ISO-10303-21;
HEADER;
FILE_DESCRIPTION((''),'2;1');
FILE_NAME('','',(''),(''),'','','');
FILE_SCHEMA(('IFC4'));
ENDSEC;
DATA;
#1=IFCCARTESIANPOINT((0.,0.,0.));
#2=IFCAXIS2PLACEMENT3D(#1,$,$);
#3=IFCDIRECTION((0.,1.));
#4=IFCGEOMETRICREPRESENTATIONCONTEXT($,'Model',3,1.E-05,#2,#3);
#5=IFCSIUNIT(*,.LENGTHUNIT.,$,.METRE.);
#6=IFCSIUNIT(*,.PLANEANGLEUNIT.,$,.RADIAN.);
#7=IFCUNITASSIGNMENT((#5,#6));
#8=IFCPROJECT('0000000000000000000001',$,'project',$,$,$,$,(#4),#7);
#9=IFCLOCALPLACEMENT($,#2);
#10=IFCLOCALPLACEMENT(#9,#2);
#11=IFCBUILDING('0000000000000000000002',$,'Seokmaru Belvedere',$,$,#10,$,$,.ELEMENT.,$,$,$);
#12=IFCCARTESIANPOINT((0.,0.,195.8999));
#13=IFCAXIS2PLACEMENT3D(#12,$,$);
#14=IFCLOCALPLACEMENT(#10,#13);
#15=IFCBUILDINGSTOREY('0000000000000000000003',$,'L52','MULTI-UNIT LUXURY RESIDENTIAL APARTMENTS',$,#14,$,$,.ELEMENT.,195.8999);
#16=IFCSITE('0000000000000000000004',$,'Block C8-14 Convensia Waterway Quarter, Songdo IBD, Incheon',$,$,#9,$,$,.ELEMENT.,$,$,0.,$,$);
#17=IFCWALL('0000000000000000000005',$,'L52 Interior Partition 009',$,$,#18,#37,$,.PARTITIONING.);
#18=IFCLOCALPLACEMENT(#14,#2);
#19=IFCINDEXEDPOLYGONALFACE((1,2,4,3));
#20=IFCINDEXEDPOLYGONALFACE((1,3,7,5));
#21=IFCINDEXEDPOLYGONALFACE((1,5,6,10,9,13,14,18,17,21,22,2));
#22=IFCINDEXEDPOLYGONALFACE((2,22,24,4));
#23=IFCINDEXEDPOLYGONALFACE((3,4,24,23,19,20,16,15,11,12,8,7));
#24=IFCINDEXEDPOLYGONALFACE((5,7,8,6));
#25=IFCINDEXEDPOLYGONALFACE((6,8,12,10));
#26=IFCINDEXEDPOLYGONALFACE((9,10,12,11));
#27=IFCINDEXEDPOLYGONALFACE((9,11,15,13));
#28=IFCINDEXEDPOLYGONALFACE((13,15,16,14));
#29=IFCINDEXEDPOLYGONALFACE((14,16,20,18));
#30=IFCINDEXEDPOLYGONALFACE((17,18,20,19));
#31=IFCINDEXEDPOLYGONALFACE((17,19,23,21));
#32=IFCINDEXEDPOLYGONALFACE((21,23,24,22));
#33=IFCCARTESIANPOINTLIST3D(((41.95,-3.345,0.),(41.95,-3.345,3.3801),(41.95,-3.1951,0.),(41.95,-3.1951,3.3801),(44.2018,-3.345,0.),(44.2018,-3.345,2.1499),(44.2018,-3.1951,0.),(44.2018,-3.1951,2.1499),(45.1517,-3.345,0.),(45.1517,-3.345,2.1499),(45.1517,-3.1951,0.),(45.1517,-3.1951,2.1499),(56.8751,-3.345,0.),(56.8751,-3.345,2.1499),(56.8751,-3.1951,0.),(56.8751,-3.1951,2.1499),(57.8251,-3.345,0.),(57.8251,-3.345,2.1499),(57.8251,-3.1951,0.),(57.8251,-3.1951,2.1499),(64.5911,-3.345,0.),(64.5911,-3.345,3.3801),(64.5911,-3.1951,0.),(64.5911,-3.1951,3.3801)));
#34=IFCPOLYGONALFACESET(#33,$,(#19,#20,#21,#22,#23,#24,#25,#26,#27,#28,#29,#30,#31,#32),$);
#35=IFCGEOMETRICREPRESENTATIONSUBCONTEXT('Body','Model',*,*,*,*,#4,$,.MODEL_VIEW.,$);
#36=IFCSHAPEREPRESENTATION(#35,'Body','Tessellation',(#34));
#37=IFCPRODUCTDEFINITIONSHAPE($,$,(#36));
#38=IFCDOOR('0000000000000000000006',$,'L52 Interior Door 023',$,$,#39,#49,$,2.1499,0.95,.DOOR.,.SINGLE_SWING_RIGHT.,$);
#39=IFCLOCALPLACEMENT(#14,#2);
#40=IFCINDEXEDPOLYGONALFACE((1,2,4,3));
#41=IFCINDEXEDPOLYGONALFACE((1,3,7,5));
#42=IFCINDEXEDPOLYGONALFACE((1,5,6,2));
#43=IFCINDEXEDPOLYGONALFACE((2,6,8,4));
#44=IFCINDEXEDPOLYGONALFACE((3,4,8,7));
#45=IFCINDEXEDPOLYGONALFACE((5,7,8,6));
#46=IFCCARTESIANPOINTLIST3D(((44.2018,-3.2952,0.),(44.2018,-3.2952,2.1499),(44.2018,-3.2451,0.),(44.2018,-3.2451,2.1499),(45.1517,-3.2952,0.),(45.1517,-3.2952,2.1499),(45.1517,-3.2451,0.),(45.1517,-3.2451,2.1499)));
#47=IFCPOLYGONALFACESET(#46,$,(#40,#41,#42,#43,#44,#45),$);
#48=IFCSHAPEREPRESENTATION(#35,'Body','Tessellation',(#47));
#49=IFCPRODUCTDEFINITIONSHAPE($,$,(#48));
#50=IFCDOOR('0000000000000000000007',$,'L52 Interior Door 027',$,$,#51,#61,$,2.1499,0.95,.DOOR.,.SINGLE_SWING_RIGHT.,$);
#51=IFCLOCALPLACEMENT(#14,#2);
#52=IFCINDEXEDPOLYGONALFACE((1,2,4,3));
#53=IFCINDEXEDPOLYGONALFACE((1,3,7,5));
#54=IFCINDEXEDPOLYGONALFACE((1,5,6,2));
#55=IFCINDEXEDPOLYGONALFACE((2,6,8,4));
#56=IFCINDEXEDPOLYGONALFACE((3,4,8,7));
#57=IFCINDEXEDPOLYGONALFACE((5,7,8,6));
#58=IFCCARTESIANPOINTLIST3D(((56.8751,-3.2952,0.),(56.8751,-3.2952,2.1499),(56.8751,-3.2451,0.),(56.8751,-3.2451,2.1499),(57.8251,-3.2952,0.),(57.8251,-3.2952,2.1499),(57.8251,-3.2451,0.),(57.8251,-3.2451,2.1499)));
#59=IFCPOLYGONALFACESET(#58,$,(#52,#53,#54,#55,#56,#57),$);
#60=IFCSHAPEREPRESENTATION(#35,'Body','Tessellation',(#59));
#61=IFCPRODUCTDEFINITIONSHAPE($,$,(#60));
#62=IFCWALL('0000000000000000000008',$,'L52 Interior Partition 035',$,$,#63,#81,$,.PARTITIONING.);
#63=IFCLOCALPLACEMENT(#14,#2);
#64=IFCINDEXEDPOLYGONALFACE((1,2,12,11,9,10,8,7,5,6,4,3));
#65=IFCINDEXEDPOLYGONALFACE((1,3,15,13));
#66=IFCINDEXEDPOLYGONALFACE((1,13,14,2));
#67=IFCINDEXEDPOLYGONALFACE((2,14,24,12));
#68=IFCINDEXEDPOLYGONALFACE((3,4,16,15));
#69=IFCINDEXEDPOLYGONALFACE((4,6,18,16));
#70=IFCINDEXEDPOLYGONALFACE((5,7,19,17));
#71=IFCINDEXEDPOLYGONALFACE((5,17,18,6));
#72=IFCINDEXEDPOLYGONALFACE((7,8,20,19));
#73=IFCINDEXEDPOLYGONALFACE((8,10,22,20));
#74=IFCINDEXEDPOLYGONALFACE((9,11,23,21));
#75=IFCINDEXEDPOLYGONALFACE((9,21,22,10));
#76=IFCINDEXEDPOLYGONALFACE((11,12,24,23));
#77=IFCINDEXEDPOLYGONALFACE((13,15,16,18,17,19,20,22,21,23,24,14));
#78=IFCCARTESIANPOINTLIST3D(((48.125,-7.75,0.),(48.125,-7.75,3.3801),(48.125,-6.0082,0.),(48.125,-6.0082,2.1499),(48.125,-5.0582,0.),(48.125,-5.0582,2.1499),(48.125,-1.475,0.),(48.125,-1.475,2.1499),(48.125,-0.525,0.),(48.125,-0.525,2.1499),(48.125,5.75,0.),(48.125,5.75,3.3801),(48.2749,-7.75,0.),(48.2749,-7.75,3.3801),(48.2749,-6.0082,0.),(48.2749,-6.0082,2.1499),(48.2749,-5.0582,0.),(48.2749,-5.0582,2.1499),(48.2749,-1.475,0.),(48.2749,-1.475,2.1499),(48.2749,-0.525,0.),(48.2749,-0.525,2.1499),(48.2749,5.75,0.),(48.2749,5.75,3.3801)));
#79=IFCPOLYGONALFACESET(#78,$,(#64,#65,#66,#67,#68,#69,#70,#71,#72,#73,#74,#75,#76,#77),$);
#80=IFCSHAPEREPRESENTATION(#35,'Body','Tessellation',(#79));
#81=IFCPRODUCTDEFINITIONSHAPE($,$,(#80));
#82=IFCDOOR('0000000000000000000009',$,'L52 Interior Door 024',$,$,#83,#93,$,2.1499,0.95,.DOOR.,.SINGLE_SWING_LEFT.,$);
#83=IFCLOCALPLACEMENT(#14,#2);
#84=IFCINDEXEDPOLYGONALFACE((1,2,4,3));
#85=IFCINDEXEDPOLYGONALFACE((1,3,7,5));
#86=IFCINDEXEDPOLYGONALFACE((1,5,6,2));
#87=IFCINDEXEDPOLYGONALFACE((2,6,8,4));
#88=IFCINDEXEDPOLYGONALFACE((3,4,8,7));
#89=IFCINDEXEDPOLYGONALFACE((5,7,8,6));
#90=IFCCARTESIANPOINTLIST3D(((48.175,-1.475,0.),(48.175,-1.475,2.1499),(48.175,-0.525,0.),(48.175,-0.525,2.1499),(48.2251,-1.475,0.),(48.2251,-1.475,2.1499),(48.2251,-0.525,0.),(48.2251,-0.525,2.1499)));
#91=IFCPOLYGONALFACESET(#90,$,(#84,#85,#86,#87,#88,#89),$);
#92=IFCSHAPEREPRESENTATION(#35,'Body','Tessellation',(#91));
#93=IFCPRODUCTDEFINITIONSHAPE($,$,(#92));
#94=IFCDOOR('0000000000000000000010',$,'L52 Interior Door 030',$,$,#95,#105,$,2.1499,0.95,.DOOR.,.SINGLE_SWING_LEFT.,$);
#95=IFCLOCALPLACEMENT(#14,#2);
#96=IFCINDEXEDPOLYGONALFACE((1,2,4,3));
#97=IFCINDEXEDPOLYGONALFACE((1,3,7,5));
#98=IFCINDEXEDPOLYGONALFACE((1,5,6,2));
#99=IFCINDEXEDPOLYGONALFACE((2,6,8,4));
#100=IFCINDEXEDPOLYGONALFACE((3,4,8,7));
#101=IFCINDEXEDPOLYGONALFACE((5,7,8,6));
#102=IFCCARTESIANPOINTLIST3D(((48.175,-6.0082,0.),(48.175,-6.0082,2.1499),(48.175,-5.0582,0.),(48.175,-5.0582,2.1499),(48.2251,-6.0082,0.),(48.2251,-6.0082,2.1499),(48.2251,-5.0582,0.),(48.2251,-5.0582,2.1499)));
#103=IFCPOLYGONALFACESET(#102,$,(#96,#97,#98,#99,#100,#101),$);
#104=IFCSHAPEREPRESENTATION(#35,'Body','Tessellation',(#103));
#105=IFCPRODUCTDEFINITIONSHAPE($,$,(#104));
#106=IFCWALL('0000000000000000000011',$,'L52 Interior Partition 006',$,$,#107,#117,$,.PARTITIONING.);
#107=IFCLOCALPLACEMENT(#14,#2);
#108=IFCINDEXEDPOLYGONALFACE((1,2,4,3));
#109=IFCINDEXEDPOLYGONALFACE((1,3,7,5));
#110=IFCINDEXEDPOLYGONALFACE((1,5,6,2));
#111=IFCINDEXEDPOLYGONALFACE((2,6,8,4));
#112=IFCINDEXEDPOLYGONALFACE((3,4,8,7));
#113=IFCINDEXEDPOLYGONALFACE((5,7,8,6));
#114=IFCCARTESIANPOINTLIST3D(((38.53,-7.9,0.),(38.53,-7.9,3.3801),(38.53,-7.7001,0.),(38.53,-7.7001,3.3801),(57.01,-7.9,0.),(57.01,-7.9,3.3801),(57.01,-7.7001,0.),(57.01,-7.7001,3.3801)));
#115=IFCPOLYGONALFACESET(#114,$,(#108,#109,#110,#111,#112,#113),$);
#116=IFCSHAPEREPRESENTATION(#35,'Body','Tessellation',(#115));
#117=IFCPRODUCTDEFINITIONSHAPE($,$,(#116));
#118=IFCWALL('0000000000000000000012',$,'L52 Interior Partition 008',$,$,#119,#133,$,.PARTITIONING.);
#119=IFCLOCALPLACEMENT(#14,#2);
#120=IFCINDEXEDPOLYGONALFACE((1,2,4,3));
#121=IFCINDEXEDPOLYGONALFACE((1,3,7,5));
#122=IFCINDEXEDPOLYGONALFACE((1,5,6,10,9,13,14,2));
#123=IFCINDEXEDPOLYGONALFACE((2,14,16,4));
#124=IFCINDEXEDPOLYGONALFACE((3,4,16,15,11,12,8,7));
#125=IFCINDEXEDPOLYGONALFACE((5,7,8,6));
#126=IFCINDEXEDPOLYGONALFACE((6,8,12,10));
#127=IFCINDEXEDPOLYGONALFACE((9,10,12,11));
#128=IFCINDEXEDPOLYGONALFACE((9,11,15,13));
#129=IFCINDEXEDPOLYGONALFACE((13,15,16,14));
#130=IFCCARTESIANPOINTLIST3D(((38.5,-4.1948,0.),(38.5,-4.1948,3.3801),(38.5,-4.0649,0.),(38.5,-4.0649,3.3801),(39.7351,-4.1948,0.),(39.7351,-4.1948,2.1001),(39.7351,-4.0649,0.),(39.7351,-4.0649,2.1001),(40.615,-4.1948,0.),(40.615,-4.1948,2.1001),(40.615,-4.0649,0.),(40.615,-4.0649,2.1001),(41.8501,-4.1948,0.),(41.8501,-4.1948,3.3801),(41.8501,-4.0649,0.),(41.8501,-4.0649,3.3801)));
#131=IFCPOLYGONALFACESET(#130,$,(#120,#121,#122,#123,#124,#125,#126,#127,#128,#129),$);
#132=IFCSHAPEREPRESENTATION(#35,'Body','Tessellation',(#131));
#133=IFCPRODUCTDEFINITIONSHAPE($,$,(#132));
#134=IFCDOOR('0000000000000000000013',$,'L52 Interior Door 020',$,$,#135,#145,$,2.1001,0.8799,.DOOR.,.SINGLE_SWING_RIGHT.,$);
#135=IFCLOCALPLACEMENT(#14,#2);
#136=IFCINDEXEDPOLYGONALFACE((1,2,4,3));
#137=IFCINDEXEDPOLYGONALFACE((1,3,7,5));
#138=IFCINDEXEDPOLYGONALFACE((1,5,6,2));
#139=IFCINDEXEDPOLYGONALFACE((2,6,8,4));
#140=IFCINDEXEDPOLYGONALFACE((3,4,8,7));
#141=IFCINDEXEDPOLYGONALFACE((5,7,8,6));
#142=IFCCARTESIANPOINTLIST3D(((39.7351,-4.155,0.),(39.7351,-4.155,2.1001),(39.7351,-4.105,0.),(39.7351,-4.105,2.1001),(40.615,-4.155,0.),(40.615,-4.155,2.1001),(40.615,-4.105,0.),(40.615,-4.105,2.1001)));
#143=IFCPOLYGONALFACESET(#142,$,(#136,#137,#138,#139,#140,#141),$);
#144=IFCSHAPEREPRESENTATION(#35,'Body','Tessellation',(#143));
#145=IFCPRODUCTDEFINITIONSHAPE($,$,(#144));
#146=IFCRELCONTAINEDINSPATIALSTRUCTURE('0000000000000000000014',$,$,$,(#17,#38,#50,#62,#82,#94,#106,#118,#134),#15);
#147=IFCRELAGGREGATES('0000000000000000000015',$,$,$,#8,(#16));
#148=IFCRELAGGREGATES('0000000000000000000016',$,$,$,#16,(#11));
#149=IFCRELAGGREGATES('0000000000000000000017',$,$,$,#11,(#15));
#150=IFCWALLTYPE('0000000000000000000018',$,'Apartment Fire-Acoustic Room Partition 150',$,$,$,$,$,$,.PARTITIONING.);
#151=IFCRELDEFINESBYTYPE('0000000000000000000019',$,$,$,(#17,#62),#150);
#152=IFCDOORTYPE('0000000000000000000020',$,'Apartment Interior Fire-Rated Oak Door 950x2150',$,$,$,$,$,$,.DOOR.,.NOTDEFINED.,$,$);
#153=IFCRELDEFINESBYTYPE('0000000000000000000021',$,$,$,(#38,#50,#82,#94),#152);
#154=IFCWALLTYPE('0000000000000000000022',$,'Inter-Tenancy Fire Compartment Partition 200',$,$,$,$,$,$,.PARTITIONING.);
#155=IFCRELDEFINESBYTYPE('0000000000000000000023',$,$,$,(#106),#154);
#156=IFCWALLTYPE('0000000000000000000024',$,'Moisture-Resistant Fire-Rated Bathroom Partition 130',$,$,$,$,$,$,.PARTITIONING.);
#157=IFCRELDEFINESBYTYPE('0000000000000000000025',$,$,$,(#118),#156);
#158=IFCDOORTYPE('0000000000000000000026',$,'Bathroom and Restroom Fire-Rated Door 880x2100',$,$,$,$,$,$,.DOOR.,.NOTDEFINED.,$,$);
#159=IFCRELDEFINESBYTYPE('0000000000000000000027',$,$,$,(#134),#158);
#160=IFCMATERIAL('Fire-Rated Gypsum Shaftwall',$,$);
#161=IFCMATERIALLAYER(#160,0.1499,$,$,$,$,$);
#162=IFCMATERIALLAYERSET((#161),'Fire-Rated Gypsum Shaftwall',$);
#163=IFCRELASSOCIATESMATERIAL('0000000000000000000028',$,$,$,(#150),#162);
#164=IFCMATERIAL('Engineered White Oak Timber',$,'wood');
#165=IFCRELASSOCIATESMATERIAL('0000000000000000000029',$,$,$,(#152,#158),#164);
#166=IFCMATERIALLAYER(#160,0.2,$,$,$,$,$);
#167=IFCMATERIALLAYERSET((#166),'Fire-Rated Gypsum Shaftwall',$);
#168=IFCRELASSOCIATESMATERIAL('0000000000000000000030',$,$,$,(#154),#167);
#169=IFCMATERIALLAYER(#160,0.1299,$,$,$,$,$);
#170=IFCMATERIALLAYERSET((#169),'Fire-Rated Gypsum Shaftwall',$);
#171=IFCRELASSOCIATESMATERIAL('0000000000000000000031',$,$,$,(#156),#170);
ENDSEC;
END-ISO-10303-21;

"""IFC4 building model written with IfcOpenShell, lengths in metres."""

from ifc_helpers import new_model, si_unit, direction, frame, frame_2d, origin, place, context, subcontext, project, spatial, rectangle, extrude, source, transform, mapped, material, layer, layer_set, type_object, type_shapes, element, fill, save


model = new_model("IFC4")

# Units and contexts
model_context = context("Model", 3, precision=1e-05, world=origin(), true_north=direction((0.0, 1.0)))
body_context = subcontext(model_context, "Body", "Model", "MODEL_VIEW")
ifc_project = project(units=[si_unit("LENGTHUNIT", "METRE"), si_unit("PLANEANGLEUNIT", "RADIAN")], contexts=[model_context])

# Site, building, storey
site_placement = place(None, origin())
site = spatial("IfcSite", under=ifc_project, at=site_placement, Name="Block C8-14 Convensia Waterway Quarter, Songdo IBD, Incheon", CompositionType="ELEMENT", RefElevation=0.0)
building_placement = place(site_placement, origin())
building = spatial("IfcBuilding", under=site, at=building_placement, Name="Seokmaru Belvedere", CompositionType="ELEMENT")
storey_placement = place(building_placement, frame((0.0, 0.0, 195.8999)))
storey = spatial("IfcBuildingStorey", under=building, at=storey_placement, Name="L52", Description="MULTI-UNIT LUXURY RESIDENTIAL APARTMENTS", CompositionType="ELEMENT", Elevation=195.8999)

# Walls, openings, doors
ifc_material_1 = material(Name="Fire-Rated Gypsum Shaftwall")
ifc_layer_1 = layer(ifc_material_1, 0.1499)
ifc_layer_set_1 = layer_set([ifc_layer_1], Name="Fire-Rated Gypsum Shaftwall")
wall_type_1 = type_object("IfcWallType", Name="Apartment Fire-Acoustic Room Partition 150", PredefinedType="PARTITIONING", material=ifc_layer_set_1)
wall_1_placement = place(storey_placement, frame((41.95, -3.27, 0.0), z_axis=(0.0, 0.0, 1.0), x_axis=(1.0, 0.0, 0.0)))
wall_1 = element("IfcWall", 1, at=wall_1_placement, inside=storey, type_object=wall_type_1, Name="L52 Interior Partition 009", PredefinedType="PARTITIONING", context=body_context, shape_type="SweptSolid", body=[
    extrude(rectangle(XDim=22.6411, YDim=0.1499, at=frame_2d((11.3206, 0.0))), origin(), (0.0, 0.0, 1.0), 3.3801),
])
opening_1_placement = place(wall_1_placement, frame((2.2517, 0.0, 0.0)))
opening_1 = element("IfcOpeningElement", 2, at=opening_1_placement, cuts=wall_1, PredefinedType="OPENING", context=body_context, shape_type="SweptSolid", body=[
    extrude(rectangle(XDim=0.95, YDim=2.1499, at=frame_2d((0.4751, 1.075))), frame((0.0, 0.085, 0.0), z_axis=(0.0, -1.0, 0.0), x_axis=(1.0, 0.0, 0.0)), (0.0, 0.0, 1.0), 0.1699),
])
opening_2_placement = place(wall_1_placement, frame((14.925, 0.0, 0.0)))
opening_2 = element("IfcOpeningElement", 3, at=opening_2_placement, cuts=wall_1, PredefinedType="OPENING", context=body_context, shape_type="SweptSolid", body=[
    extrude(rectangle(XDim=0.95, YDim=2.1499, at=frame_2d((0.4751, 1.075))), frame((0.0, 0.085, 0.0), z_axis=(0.0, -1.0, 0.0), x_axis=(1.0, 0.0, 0.0)), (0.0, 0.0, 1.0), 0.1699),
])
ifc_material_2 = material(Name="Engineered White Oak Timber", Category="wood")
door_type_1 = type_object("IfcDoorType", Name="Apartment Interior Fire-Rated Oak Door 950x2150", OperationType="NOTDEFINED", PredefinedType="DOOR", material=ifc_material_2)
shared_shape_1 = source(origin(), body_context, "Body", "SweptSolid", [
    extrude(rectangle(XDim=0.95, YDim=2.1499, at=frame_2d((0.4751, 1.075))), frame((0.0, 0.0249, 0.0), z_axis=(0.0, -1.0, 0.0), x_axis=(1.0, 0.0, 0.0)), (0.0, 0.0, 1.0), 0.05),
])
type_shapes(door_type_1, [shared_shape_1])
door_1_placement = place(opening_1_placement, origin())
door_1 = element("IfcDoor", 4, at=door_1_placement, inside=storey, type_object=door_type_1, Name="L52 Interior Door 023", OperationType="SINGLE_SWING_RIGHT", OverallHeight=2.1499, OverallWidth=0.95, PredefinedType="DOOR", context=body_context, shape_type="MappedRepresentation", body=[
    mapped(shared_shape_1, transform((0.0, 0.0, 0.0), scale=1.0)),
])
fill(opening_1, door_1)
door_2_placement = place(opening_2_placement, origin())
door_2 = element("IfcDoor", 5, at=door_2_placement, inside=storey, type_object=door_type_1, Name="L52 Interior Door 027", OperationType="SINGLE_SWING_RIGHT", OverallHeight=2.1499, OverallWidth=0.95, PredefinedType="DOOR", context=body_context, shape_type="MappedRepresentation", body=[
    mapped(shared_shape_1, transform((0.0, 0.0, 0.0), scale=1.0)),
])
fill(opening_2, door_2)
wall_2_placement = place(storey_placement, frame((48.2, -7.75, 0.0), z_axis=(0.0, 0.0, 1.0), x_axis=(0.0, 1.0, 0.0)))
wall_2 = element("IfcWall", 6, at=wall_2_placement, inside=storey, type_object=wall_type_1, Name="L52 Interior Partition 035", PredefinedType="PARTITIONING", context=body_context, shape_type="SweptSolid", body=[
    extrude(rectangle(XDim=13.5, YDim=0.1499, at=frame_2d((6.75, 0.0))), origin(), (0.0, 0.0, 1.0), 3.3801),
])
opening_3_placement = place(wall_2_placement, frame((6.2749, 0.0, 0.0)))
opening_3 = element("IfcOpeningElement", 7, at=opening_3_placement, cuts=wall_2, PredefinedType="OPENING", context=body_context, shape_type="SweptSolid", body=[
    extrude(rectangle(XDim=0.95, YDim=2.1499, at=frame_2d((0.4751, 1.075))), frame((0.0, 0.085, 0.0), z_axis=(0.0, -1.0, 0.0), x_axis=(1.0, 0.0, 0.0)), (0.0, 0.0, 1.0), 0.1699),
])
opening_4_placement = place(wall_2_placement, frame((1.7417, 0.0, 0.0)))
opening_4 = element("IfcOpeningElement", 8, at=opening_4_placement, cuts=wall_2, PredefinedType="OPENING", context=body_context, shape_type="SweptSolid", body=[
    extrude(rectangle(XDim=0.95, YDim=2.1499, at=frame_2d((0.4751, 1.075))), frame((0.0, 0.085, 0.0), z_axis=(0.0, -1.0, 0.0), x_axis=(1.0, 0.0, 0.0)), (0.0, 0.0, 1.0), 0.1699),
])
door_3_placement = place(opening_3_placement, origin())
door_3 = element("IfcDoor", 9, at=door_3_placement, inside=storey, type_object=door_type_1, Name="L52 Interior Door 024", OperationType="SINGLE_SWING_LEFT", OverallHeight=2.1499, OverallWidth=0.95, PredefinedType="DOOR", context=body_context, shape_type="MappedRepresentation", body=[
    mapped(shared_shape_1, transform((0.0, 0.0, 0.0), scale=1.0)),
])
fill(opening_3, door_3)
door_4_placement = place(opening_4_placement, origin())
door_4 = element("IfcDoor", 10, at=door_4_placement, inside=storey, type_object=door_type_1, Name="L52 Interior Door 030", OperationType="SINGLE_SWING_LEFT", OverallHeight=2.1499, OverallWidth=0.95, PredefinedType="DOOR", context=body_context, shape_type="MappedRepresentation", body=[
    mapped(shared_shape_1, transform((0.0, 0.0, 0.0), scale=1.0)),
])
fill(opening_4, door_4)

# Wall
ifc_layer_2 = layer(ifc_material_1, 0.2)
ifc_layer_set_2 = layer_set([ifc_layer_2], Name="Fire-Rated Gypsum Shaftwall")
wall_type_2 = type_object("IfcWallType", Name="Inter-Tenancy Fire Compartment Partition 200", PredefinedType="PARTITIONING", material=ifc_layer_set_2)
wall_3_placement = place(storey_placement, frame((38.53, -7.8, 0.0), z_axis=(0.0, 0.0, 1.0), x_axis=(1.0, 0.0, 0.0)))
element("IfcWall", 11, at=wall_3_placement, inside=storey, type_object=wall_type_2, Name="L52 Interior Partition 006", PredefinedType="PARTITIONING", context=body_context, shape_type="SweptSolid", body=[
    extrude(rectangle(XDim=18.48, YDim=0.2, at=frame_2d((9.24, 0.0))), origin(), (0.0, 0.0, 1.0), 3.3801),
])

# Wall, opening, door
ifc_layer_3 = layer(ifc_material_1, 0.1299)
ifc_layer_set_3 = layer_set([ifc_layer_3], Name="Fire-Rated Gypsum Shaftwall")
wall_type_3 = type_object("IfcWallType", Name="Moisture-Resistant Fire-Rated Bathroom Partition 130", PredefinedType="PARTITIONING", material=ifc_layer_set_3)
wall_4_placement = place(storey_placement, frame((38.5, -4.1299, 0.0), z_axis=(0.0, 0.0, 1.0), x_axis=(1.0, 0.0, 0.0)))
wall_4 = element("IfcWall", 12, at=wall_4_placement, inside=storey, type_object=wall_type_3, Name="L52 Interior Partition 008", PredefinedType="PARTITIONING", context=body_context, shape_type="SweptSolid", body=[
    extrude(rectangle(XDim=3.3501, YDim=0.1299, at=frame_2d((1.675, 0.0))), origin(), (0.0, 0.0, 1.0), 3.3801),
])
opening_5_placement = place(wall_4_placement, frame((1.2351, 0.0, 0.0)))
opening_5 = element("IfcOpeningElement", 13, at=opening_5_placement, cuts=wall_4, PredefinedType="OPENING", context=body_context, shape_type="SweptSolid", body=[
    extrude(rectangle(XDim=0.8799, YDim=2.1001, at=frame_2d((0.4399, 1.05))), frame((0.0, 0.075, 0.0), z_axis=(0.0, -1.0, 0.0), x_axis=(1.0, 0.0, 0.0)), (0.0, 0.0, 1.0), 0.1499),
])
door_type_2 = type_object("IfcDoorType", Name="Bathroom and Restroom Fire-Rated Door 880x2100", OperationType="NOTDEFINED", PredefinedType="DOOR", material=ifc_material_2)
shared_shape_2 = source(origin(), body_context, "Body", "SweptSolid", [
    extrude(rectangle(XDim=0.8799, YDim=2.1001, at=frame_2d((0.4399, 1.05))), frame((0.0, 0.0249, 0.0), z_axis=(0.0, -1.0, 0.0), x_axis=(1.0, 0.0, 0.0)), (0.0, 0.0, 1.0), 0.05),
])
type_shapes(door_type_2, [shared_shape_2])
door_5_placement = place(opening_5_placement, origin())
door_5 = element("IfcDoor", 14, at=door_5_placement, inside=storey, type_object=door_type_2, Name="L52 Interior Door 020", OperationType="SINGLE_SWING_RIGHT", OverallHeight=2.1001, OverallWidth=0.8799, PredefinedType="DOOR", context=body_context, shape_type="MappedRepresentation", body=[
    mapped(shared_shape_2, transform((0.0, 0.0, 0.0), scale=1.0)),
])
fill(opening_5, door_5)

save(model, "model.ifc")
